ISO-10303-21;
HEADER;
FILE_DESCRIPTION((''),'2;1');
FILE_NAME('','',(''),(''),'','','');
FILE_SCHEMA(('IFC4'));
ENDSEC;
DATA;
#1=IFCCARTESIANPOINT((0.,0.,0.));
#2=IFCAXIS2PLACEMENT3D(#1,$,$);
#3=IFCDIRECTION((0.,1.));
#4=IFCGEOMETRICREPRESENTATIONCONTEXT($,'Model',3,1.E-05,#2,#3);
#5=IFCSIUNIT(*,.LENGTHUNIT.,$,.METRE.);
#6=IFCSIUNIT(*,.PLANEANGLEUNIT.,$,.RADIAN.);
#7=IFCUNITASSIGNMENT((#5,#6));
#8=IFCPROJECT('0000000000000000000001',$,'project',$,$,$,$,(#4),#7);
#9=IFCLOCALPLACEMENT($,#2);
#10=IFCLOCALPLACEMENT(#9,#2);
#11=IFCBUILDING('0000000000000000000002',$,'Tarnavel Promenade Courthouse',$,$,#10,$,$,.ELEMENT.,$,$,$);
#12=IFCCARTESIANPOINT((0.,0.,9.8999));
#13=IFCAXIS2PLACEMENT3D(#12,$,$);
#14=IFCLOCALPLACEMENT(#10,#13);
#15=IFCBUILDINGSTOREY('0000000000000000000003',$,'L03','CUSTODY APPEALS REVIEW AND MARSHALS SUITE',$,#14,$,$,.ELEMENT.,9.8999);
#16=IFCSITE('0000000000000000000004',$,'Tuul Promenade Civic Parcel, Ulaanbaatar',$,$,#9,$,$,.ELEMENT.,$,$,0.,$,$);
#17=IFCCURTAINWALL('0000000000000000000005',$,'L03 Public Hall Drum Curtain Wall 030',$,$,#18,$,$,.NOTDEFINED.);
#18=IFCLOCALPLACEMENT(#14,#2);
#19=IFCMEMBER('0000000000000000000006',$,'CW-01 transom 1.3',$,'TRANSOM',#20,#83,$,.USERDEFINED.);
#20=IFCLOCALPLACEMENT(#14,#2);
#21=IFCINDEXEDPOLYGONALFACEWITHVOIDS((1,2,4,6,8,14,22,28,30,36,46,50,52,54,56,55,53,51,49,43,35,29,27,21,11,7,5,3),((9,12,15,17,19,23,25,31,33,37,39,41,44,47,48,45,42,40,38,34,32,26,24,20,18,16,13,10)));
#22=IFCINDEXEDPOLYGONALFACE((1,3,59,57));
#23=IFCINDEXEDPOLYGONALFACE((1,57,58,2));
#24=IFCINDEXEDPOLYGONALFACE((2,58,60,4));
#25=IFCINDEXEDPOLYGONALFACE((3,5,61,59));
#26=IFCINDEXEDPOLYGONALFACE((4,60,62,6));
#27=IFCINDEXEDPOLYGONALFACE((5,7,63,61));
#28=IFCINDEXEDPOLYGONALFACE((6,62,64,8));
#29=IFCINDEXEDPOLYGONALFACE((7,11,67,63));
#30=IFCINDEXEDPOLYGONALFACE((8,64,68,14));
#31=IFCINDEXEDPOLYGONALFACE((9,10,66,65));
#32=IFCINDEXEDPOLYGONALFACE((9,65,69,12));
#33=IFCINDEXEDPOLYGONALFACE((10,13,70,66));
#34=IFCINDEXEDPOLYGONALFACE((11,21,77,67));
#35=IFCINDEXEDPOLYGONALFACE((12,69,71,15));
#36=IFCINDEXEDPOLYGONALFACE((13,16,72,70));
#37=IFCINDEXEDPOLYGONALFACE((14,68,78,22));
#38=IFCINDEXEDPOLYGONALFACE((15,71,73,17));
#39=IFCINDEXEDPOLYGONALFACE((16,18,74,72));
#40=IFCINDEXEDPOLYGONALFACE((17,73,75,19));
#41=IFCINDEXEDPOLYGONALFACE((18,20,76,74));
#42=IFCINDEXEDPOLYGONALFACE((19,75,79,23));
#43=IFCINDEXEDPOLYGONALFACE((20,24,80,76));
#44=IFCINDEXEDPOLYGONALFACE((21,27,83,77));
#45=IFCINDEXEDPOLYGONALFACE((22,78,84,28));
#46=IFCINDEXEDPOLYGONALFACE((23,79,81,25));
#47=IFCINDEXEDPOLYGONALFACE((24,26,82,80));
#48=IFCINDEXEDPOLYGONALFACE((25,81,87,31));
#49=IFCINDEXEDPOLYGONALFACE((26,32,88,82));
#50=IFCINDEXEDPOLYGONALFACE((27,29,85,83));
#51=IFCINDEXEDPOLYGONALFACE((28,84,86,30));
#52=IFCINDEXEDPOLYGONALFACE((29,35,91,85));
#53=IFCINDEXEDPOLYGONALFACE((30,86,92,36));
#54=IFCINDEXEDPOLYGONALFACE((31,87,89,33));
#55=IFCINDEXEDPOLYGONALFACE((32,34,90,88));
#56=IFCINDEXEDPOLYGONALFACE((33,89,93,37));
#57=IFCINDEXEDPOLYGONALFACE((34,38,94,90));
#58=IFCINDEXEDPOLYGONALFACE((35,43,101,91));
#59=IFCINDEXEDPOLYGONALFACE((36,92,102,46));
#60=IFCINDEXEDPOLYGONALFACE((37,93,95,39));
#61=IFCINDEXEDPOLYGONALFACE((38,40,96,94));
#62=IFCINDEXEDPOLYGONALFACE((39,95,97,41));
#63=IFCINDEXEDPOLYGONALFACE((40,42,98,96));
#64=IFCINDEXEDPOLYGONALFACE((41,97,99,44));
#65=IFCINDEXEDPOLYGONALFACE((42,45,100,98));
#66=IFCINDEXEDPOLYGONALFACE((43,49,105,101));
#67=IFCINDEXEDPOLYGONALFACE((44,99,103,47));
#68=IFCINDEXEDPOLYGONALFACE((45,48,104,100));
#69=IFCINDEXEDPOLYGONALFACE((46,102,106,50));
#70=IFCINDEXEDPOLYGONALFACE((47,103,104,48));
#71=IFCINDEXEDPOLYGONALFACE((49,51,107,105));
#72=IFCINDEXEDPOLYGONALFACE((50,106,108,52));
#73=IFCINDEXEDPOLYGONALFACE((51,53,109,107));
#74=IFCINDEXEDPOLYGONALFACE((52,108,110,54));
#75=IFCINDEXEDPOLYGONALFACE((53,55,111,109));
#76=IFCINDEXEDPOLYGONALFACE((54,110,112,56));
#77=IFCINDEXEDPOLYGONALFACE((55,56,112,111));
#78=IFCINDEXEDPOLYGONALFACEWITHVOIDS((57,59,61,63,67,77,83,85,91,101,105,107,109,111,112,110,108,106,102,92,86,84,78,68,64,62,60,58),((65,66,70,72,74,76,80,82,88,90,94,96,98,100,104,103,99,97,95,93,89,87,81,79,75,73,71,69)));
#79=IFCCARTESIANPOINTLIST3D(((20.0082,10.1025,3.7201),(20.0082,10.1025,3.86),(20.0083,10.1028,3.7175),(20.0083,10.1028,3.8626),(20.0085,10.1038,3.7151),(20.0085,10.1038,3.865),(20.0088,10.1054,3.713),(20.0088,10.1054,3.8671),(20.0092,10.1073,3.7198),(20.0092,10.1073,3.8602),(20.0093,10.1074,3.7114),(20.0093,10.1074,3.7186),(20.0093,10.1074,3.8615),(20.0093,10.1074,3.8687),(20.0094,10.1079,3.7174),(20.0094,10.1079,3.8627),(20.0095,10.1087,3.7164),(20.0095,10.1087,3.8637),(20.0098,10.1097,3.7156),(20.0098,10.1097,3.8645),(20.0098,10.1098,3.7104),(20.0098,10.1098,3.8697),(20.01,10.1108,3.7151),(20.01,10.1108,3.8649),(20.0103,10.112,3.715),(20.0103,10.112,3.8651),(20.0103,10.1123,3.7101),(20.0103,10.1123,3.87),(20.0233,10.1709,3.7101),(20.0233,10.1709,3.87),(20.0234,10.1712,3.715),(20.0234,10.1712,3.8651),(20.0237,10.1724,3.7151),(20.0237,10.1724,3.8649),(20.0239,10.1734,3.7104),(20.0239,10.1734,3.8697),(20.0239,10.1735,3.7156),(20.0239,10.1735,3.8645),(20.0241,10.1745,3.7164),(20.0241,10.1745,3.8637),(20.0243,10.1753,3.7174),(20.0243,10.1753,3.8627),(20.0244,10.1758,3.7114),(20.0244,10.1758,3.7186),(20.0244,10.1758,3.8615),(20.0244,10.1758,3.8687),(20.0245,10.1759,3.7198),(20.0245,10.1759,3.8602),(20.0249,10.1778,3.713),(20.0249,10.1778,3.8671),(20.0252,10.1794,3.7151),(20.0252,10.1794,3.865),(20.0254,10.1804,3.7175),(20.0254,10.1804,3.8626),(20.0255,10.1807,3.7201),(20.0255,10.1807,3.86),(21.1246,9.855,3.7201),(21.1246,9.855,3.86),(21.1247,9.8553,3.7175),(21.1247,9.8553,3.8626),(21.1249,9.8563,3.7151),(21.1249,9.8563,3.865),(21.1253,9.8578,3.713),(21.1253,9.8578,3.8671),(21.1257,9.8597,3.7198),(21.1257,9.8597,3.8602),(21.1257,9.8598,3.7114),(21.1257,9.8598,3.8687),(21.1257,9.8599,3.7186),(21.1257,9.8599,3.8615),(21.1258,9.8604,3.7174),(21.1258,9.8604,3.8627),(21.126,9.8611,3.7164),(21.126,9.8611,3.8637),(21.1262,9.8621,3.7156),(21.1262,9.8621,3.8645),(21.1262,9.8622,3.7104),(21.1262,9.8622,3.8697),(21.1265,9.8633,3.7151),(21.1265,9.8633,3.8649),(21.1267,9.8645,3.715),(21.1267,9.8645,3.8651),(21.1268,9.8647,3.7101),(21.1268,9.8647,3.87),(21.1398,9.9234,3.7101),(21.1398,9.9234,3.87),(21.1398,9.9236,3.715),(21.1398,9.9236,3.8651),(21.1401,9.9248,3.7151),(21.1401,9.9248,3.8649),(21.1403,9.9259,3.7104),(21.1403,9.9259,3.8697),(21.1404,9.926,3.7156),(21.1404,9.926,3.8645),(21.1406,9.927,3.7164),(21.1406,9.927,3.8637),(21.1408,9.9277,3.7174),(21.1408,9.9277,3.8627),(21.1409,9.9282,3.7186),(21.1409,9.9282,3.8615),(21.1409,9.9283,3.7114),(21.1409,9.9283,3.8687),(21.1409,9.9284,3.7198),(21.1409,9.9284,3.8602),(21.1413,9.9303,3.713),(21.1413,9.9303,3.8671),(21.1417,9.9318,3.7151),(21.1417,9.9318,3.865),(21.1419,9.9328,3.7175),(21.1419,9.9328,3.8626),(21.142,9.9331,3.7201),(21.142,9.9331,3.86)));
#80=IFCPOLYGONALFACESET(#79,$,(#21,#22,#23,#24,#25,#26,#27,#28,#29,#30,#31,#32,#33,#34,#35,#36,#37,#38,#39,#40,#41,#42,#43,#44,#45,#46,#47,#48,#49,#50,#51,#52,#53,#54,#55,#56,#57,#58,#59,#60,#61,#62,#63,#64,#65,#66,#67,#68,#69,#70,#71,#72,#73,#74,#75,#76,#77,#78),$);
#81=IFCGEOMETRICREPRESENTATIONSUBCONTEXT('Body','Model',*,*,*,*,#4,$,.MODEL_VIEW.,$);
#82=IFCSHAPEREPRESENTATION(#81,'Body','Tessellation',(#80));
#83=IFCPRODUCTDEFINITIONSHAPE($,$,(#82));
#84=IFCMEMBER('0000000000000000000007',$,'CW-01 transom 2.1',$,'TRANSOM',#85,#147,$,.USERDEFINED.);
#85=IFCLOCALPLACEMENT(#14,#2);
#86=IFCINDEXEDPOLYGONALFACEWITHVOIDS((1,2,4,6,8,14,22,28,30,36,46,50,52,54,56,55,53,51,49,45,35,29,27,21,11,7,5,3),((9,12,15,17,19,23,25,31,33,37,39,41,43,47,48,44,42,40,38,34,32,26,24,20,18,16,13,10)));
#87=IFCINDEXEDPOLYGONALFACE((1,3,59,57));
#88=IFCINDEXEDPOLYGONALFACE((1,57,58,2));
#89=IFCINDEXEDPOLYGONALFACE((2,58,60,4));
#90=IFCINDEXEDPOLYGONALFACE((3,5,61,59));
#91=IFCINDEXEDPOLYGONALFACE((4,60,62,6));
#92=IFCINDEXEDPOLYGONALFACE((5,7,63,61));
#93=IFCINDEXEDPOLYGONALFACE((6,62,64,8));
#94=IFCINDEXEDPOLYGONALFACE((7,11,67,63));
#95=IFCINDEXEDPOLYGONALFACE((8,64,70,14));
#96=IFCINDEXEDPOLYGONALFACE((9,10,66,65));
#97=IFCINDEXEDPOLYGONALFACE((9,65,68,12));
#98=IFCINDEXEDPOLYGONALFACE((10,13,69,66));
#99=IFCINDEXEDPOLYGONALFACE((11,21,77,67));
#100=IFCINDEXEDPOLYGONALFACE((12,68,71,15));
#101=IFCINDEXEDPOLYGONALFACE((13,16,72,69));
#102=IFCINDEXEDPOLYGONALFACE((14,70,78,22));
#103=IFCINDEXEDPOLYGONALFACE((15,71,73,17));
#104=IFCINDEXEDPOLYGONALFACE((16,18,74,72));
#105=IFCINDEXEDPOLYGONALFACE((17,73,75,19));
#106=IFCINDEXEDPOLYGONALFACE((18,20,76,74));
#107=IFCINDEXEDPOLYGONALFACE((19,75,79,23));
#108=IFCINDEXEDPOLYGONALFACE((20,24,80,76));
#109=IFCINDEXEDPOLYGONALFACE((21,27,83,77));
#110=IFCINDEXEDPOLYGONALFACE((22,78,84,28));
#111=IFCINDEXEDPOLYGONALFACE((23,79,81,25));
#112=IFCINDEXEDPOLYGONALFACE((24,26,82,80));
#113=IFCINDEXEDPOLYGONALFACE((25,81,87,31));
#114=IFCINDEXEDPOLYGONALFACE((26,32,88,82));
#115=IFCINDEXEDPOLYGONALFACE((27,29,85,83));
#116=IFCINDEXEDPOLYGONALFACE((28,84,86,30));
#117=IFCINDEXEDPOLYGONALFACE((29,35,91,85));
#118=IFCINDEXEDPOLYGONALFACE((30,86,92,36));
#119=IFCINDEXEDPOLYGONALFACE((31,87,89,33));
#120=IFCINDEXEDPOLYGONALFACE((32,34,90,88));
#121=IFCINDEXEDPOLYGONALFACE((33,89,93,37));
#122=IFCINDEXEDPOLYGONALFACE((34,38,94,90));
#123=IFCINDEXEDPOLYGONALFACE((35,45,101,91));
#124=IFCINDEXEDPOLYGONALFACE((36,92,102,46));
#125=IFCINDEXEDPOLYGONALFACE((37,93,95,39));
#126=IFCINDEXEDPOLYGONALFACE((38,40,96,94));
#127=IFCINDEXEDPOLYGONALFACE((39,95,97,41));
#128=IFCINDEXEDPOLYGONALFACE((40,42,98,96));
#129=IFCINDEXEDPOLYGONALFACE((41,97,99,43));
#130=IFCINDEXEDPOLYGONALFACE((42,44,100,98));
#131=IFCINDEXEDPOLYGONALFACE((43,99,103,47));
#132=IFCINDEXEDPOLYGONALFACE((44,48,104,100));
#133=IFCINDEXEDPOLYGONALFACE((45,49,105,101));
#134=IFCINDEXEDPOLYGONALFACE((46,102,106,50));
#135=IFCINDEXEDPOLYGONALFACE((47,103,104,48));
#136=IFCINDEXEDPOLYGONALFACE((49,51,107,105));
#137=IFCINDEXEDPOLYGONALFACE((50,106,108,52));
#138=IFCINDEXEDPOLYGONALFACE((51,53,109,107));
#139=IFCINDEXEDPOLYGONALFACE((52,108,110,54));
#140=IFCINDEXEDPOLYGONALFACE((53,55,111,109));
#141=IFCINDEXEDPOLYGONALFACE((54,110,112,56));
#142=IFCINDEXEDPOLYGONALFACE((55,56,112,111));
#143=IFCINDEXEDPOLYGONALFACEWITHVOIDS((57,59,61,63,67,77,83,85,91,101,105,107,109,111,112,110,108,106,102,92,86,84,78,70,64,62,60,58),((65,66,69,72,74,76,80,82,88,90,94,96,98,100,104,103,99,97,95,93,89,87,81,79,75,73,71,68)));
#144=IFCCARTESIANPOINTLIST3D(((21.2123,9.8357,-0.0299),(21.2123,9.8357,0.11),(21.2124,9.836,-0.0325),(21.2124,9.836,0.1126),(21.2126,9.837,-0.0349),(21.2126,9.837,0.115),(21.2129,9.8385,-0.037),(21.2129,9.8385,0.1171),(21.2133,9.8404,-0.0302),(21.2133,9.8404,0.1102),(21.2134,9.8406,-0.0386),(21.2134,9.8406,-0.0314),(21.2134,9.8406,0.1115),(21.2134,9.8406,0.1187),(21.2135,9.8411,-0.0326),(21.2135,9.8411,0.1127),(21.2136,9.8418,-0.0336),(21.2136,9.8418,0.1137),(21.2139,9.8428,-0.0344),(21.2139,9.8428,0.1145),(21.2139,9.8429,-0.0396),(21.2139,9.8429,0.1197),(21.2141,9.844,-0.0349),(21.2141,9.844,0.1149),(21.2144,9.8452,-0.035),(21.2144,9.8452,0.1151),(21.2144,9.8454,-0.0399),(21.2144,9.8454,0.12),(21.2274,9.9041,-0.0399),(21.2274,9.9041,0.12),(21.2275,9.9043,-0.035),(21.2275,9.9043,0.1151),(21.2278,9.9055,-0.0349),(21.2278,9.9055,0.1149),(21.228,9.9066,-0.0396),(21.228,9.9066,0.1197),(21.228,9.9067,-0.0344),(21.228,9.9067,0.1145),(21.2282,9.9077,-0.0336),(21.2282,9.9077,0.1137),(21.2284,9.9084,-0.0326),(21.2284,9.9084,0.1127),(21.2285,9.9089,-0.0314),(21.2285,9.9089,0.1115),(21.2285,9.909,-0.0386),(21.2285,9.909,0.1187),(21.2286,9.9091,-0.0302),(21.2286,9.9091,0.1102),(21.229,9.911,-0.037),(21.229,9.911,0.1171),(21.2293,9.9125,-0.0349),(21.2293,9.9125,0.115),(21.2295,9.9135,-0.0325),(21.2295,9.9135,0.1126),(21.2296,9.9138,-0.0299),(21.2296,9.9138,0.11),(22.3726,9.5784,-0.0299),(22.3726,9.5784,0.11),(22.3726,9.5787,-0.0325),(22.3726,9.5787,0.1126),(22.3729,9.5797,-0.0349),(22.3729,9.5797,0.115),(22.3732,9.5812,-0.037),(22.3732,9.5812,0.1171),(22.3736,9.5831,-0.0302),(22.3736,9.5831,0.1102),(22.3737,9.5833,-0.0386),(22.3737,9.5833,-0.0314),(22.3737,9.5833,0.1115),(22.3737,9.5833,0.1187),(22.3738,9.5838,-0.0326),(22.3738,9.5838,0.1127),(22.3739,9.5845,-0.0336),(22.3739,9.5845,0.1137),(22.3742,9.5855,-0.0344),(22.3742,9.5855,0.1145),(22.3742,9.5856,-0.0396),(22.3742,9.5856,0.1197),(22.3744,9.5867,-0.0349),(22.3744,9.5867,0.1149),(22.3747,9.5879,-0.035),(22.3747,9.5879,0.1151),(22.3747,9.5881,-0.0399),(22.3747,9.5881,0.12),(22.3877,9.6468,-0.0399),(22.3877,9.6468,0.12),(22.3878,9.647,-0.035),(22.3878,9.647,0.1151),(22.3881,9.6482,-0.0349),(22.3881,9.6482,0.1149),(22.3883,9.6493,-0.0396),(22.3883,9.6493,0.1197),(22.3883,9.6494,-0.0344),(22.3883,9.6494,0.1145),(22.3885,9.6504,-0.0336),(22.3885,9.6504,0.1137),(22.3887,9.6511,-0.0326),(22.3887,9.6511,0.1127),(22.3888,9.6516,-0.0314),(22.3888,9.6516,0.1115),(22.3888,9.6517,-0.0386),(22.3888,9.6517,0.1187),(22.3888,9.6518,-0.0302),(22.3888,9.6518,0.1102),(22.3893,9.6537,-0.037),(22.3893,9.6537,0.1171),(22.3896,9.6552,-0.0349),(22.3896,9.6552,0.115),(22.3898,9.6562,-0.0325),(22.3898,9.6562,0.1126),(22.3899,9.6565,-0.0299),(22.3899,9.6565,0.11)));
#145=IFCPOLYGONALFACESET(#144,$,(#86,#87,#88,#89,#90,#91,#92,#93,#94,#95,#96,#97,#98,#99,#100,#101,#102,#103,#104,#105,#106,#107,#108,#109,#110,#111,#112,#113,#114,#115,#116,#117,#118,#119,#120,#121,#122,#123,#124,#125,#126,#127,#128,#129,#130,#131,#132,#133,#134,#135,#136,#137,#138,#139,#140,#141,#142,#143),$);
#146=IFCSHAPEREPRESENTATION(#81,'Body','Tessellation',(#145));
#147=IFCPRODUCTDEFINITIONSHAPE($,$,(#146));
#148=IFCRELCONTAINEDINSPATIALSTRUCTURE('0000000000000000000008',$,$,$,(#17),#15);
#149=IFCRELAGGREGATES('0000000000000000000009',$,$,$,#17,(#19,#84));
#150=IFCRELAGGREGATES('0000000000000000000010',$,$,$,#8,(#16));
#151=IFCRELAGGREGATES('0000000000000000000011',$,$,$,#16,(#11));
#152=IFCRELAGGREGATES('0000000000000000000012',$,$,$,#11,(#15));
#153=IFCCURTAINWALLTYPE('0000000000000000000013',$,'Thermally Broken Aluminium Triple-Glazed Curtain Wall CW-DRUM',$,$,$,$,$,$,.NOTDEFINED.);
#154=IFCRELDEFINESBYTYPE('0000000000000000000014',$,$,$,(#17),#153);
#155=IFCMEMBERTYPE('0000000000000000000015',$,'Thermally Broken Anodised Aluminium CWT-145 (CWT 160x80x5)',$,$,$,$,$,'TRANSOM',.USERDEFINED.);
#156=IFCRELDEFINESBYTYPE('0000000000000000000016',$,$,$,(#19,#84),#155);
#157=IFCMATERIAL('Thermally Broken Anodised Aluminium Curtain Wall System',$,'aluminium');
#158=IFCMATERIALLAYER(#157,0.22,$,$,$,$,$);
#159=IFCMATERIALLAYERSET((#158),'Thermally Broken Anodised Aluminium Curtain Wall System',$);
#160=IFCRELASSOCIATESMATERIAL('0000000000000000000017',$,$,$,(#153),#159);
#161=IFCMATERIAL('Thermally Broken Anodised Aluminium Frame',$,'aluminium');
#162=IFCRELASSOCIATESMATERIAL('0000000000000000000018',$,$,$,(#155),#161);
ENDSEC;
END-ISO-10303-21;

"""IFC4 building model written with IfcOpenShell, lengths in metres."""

from ifc_helpers import new_model, si_unit, direction, frame, origin, origin_2d, place, context, subcontext, project, spatial, hollow_rectangle, extrude, material, layer, layer_set, material_profile, profile_set, type_object, element, aggregate, save


model = new_model("IFC4")

# Units and contexts
model_context = context("Model", 3, precision=1e-05, world=origin(), true_north=direction((0.0, 1.0)))
body_context = subcontext(model_context, "Body", "Model", "MODEL_VIEW")
ifc_project = project(units=[si_unit("LENGTHUNIT", "METRE"), si_unit("PLANEANGLEUNIT", "RADIAN")], contexts=[model_context])

# Site, building, storey
site_placement = place(None, origin())
site = spatial("IfcSite", under=ifc_project, at=site_placement, Name="Tuul Promenade Civic Parcel, Ulaanbaatar", CompositionType="ELEMENT", RefElevation=0.0)
building_placement = place(site_placement, origin())
building = spatial("IfcBuilding", under=site, at=building_placement, Name="Tarnavel Promenade Courthouse", CompositionType="ELEMENT")
storey_placement = place(building_placement, frame((0.0, 0.0, 9.8999)))
storey = spatial("IfcBuildingStorey", under=building, at=storey_placement, Name="L03", Description="CUSTODY APPEALS REVIEW AND MARSHALS SUITE", CompositionType="ELEMENT", Elevation=9.8999)

# Curtain wall, members
ifc_material_1 = material(Name="Thermally Broken Anodised Aluminium Curtain Wall System", Category="aluminium")
ifc_layer_1 = layer(ifc_material_1, 0.22)
ifc_layer_set_1 = layer_set([ifc_layer_1], Name="Thermally Broken Anodised Aluminium Curtain Wall System")
curtain_wall_type = type_object("IfcCurtainWallType", Name="Thermally Broken Aluminium Triple-Glazed Curtain Wall CW-DRUM", PredefinedType="NOTDEFINED", material=ifc_layer_set_1)
curtain_wall_placement = place(storey_placement, origin())
curtain_wall = element("IfcCurtainWall", 1, at=curtain_wall_placement, inside=storey, type_object=curtain_wall_type, Name="L03 Public Hall Drum Curtain Wall 030", PredefinedType="NOTDEFINED")
ifc_material_2 = material(Name="Thermally Broken Anodised Aluminium Frame", Category="aluminium")
ifc_material_profile_1 = material_profile(ifc_material_2, hollow_rectangle(XDim=0.0801, YDim=0.1599, WallThickness=0.0049, InnerFilletRadius=0.0049, OuterFilletRadius=0.01, at=origin_2d()), Name="CWT 160x80x5")
ifc_profile_set_1 = profile_set([ifc_material_profile_1], Name="Thermally Broken Anodised Aluminium Frame")
member_type_1 = type_object("IfcMemberType", Name="Thermally Broken Anodised Aluminium CWT-145 (CWT 160x80x5)", ElementType="TRANSOM", PredefinedType="USERDEFINED", material=ifc_profile_set_1)
member_1_placement = place(storey_placement, frame((20.0168, 10.1416, 3.79), z_axis=(0.976287, -0.216478, 0.0), x_axis=(0.216478, 0.976287, 0.0)))
member_1 = element("IfcMember", 2, at=member_1_placement, type_object=member_type_1, Name="CW-01 transom 1.3", ObjectType="TRANSOM", PredefinedType="USERDEFINED", context=body_context, shape_type="SweptSolid", body=[
    extrude(hollow_rectangle(XDim=0.0801, YDim=0.1599, WallThickness=0.0049, InnerFilletRadius=0.0049, OuterFilletRadius=0.01, at=origin_2d()), origin(), (0.0, 0.0, 1.0), 1.1436),
])
member_2_placement = place(storey_placement, frame((21.2209, 9.8748, 0.04), z_axis=(0.976284, -0.216495, 0.0), x_axis=(0.216495, 0.976284, 0.0)))
member_2 = element("IfcMember", 3, at=member_2_placement, type_object=member_type_1, Name="CW-01 transom 2.1", ObjectType="TRANSOM", PredefinedType="USERDEFINED", context=body_context, shape_type="SweptSolid", body=[
    extrude(hollow_rectangle(XDim=0.0801, YDim=0.1599, WallThickness=0.0049, InnerFilletRadius=0.0049, OuterFilletRadius=0.01, at=origin_2d()), origin(), (0.0, 0.0, 1.0), 1.1885),
])

aggregate(curtain_wall, [member_1, member_2])

save(model, "model.ifc")
